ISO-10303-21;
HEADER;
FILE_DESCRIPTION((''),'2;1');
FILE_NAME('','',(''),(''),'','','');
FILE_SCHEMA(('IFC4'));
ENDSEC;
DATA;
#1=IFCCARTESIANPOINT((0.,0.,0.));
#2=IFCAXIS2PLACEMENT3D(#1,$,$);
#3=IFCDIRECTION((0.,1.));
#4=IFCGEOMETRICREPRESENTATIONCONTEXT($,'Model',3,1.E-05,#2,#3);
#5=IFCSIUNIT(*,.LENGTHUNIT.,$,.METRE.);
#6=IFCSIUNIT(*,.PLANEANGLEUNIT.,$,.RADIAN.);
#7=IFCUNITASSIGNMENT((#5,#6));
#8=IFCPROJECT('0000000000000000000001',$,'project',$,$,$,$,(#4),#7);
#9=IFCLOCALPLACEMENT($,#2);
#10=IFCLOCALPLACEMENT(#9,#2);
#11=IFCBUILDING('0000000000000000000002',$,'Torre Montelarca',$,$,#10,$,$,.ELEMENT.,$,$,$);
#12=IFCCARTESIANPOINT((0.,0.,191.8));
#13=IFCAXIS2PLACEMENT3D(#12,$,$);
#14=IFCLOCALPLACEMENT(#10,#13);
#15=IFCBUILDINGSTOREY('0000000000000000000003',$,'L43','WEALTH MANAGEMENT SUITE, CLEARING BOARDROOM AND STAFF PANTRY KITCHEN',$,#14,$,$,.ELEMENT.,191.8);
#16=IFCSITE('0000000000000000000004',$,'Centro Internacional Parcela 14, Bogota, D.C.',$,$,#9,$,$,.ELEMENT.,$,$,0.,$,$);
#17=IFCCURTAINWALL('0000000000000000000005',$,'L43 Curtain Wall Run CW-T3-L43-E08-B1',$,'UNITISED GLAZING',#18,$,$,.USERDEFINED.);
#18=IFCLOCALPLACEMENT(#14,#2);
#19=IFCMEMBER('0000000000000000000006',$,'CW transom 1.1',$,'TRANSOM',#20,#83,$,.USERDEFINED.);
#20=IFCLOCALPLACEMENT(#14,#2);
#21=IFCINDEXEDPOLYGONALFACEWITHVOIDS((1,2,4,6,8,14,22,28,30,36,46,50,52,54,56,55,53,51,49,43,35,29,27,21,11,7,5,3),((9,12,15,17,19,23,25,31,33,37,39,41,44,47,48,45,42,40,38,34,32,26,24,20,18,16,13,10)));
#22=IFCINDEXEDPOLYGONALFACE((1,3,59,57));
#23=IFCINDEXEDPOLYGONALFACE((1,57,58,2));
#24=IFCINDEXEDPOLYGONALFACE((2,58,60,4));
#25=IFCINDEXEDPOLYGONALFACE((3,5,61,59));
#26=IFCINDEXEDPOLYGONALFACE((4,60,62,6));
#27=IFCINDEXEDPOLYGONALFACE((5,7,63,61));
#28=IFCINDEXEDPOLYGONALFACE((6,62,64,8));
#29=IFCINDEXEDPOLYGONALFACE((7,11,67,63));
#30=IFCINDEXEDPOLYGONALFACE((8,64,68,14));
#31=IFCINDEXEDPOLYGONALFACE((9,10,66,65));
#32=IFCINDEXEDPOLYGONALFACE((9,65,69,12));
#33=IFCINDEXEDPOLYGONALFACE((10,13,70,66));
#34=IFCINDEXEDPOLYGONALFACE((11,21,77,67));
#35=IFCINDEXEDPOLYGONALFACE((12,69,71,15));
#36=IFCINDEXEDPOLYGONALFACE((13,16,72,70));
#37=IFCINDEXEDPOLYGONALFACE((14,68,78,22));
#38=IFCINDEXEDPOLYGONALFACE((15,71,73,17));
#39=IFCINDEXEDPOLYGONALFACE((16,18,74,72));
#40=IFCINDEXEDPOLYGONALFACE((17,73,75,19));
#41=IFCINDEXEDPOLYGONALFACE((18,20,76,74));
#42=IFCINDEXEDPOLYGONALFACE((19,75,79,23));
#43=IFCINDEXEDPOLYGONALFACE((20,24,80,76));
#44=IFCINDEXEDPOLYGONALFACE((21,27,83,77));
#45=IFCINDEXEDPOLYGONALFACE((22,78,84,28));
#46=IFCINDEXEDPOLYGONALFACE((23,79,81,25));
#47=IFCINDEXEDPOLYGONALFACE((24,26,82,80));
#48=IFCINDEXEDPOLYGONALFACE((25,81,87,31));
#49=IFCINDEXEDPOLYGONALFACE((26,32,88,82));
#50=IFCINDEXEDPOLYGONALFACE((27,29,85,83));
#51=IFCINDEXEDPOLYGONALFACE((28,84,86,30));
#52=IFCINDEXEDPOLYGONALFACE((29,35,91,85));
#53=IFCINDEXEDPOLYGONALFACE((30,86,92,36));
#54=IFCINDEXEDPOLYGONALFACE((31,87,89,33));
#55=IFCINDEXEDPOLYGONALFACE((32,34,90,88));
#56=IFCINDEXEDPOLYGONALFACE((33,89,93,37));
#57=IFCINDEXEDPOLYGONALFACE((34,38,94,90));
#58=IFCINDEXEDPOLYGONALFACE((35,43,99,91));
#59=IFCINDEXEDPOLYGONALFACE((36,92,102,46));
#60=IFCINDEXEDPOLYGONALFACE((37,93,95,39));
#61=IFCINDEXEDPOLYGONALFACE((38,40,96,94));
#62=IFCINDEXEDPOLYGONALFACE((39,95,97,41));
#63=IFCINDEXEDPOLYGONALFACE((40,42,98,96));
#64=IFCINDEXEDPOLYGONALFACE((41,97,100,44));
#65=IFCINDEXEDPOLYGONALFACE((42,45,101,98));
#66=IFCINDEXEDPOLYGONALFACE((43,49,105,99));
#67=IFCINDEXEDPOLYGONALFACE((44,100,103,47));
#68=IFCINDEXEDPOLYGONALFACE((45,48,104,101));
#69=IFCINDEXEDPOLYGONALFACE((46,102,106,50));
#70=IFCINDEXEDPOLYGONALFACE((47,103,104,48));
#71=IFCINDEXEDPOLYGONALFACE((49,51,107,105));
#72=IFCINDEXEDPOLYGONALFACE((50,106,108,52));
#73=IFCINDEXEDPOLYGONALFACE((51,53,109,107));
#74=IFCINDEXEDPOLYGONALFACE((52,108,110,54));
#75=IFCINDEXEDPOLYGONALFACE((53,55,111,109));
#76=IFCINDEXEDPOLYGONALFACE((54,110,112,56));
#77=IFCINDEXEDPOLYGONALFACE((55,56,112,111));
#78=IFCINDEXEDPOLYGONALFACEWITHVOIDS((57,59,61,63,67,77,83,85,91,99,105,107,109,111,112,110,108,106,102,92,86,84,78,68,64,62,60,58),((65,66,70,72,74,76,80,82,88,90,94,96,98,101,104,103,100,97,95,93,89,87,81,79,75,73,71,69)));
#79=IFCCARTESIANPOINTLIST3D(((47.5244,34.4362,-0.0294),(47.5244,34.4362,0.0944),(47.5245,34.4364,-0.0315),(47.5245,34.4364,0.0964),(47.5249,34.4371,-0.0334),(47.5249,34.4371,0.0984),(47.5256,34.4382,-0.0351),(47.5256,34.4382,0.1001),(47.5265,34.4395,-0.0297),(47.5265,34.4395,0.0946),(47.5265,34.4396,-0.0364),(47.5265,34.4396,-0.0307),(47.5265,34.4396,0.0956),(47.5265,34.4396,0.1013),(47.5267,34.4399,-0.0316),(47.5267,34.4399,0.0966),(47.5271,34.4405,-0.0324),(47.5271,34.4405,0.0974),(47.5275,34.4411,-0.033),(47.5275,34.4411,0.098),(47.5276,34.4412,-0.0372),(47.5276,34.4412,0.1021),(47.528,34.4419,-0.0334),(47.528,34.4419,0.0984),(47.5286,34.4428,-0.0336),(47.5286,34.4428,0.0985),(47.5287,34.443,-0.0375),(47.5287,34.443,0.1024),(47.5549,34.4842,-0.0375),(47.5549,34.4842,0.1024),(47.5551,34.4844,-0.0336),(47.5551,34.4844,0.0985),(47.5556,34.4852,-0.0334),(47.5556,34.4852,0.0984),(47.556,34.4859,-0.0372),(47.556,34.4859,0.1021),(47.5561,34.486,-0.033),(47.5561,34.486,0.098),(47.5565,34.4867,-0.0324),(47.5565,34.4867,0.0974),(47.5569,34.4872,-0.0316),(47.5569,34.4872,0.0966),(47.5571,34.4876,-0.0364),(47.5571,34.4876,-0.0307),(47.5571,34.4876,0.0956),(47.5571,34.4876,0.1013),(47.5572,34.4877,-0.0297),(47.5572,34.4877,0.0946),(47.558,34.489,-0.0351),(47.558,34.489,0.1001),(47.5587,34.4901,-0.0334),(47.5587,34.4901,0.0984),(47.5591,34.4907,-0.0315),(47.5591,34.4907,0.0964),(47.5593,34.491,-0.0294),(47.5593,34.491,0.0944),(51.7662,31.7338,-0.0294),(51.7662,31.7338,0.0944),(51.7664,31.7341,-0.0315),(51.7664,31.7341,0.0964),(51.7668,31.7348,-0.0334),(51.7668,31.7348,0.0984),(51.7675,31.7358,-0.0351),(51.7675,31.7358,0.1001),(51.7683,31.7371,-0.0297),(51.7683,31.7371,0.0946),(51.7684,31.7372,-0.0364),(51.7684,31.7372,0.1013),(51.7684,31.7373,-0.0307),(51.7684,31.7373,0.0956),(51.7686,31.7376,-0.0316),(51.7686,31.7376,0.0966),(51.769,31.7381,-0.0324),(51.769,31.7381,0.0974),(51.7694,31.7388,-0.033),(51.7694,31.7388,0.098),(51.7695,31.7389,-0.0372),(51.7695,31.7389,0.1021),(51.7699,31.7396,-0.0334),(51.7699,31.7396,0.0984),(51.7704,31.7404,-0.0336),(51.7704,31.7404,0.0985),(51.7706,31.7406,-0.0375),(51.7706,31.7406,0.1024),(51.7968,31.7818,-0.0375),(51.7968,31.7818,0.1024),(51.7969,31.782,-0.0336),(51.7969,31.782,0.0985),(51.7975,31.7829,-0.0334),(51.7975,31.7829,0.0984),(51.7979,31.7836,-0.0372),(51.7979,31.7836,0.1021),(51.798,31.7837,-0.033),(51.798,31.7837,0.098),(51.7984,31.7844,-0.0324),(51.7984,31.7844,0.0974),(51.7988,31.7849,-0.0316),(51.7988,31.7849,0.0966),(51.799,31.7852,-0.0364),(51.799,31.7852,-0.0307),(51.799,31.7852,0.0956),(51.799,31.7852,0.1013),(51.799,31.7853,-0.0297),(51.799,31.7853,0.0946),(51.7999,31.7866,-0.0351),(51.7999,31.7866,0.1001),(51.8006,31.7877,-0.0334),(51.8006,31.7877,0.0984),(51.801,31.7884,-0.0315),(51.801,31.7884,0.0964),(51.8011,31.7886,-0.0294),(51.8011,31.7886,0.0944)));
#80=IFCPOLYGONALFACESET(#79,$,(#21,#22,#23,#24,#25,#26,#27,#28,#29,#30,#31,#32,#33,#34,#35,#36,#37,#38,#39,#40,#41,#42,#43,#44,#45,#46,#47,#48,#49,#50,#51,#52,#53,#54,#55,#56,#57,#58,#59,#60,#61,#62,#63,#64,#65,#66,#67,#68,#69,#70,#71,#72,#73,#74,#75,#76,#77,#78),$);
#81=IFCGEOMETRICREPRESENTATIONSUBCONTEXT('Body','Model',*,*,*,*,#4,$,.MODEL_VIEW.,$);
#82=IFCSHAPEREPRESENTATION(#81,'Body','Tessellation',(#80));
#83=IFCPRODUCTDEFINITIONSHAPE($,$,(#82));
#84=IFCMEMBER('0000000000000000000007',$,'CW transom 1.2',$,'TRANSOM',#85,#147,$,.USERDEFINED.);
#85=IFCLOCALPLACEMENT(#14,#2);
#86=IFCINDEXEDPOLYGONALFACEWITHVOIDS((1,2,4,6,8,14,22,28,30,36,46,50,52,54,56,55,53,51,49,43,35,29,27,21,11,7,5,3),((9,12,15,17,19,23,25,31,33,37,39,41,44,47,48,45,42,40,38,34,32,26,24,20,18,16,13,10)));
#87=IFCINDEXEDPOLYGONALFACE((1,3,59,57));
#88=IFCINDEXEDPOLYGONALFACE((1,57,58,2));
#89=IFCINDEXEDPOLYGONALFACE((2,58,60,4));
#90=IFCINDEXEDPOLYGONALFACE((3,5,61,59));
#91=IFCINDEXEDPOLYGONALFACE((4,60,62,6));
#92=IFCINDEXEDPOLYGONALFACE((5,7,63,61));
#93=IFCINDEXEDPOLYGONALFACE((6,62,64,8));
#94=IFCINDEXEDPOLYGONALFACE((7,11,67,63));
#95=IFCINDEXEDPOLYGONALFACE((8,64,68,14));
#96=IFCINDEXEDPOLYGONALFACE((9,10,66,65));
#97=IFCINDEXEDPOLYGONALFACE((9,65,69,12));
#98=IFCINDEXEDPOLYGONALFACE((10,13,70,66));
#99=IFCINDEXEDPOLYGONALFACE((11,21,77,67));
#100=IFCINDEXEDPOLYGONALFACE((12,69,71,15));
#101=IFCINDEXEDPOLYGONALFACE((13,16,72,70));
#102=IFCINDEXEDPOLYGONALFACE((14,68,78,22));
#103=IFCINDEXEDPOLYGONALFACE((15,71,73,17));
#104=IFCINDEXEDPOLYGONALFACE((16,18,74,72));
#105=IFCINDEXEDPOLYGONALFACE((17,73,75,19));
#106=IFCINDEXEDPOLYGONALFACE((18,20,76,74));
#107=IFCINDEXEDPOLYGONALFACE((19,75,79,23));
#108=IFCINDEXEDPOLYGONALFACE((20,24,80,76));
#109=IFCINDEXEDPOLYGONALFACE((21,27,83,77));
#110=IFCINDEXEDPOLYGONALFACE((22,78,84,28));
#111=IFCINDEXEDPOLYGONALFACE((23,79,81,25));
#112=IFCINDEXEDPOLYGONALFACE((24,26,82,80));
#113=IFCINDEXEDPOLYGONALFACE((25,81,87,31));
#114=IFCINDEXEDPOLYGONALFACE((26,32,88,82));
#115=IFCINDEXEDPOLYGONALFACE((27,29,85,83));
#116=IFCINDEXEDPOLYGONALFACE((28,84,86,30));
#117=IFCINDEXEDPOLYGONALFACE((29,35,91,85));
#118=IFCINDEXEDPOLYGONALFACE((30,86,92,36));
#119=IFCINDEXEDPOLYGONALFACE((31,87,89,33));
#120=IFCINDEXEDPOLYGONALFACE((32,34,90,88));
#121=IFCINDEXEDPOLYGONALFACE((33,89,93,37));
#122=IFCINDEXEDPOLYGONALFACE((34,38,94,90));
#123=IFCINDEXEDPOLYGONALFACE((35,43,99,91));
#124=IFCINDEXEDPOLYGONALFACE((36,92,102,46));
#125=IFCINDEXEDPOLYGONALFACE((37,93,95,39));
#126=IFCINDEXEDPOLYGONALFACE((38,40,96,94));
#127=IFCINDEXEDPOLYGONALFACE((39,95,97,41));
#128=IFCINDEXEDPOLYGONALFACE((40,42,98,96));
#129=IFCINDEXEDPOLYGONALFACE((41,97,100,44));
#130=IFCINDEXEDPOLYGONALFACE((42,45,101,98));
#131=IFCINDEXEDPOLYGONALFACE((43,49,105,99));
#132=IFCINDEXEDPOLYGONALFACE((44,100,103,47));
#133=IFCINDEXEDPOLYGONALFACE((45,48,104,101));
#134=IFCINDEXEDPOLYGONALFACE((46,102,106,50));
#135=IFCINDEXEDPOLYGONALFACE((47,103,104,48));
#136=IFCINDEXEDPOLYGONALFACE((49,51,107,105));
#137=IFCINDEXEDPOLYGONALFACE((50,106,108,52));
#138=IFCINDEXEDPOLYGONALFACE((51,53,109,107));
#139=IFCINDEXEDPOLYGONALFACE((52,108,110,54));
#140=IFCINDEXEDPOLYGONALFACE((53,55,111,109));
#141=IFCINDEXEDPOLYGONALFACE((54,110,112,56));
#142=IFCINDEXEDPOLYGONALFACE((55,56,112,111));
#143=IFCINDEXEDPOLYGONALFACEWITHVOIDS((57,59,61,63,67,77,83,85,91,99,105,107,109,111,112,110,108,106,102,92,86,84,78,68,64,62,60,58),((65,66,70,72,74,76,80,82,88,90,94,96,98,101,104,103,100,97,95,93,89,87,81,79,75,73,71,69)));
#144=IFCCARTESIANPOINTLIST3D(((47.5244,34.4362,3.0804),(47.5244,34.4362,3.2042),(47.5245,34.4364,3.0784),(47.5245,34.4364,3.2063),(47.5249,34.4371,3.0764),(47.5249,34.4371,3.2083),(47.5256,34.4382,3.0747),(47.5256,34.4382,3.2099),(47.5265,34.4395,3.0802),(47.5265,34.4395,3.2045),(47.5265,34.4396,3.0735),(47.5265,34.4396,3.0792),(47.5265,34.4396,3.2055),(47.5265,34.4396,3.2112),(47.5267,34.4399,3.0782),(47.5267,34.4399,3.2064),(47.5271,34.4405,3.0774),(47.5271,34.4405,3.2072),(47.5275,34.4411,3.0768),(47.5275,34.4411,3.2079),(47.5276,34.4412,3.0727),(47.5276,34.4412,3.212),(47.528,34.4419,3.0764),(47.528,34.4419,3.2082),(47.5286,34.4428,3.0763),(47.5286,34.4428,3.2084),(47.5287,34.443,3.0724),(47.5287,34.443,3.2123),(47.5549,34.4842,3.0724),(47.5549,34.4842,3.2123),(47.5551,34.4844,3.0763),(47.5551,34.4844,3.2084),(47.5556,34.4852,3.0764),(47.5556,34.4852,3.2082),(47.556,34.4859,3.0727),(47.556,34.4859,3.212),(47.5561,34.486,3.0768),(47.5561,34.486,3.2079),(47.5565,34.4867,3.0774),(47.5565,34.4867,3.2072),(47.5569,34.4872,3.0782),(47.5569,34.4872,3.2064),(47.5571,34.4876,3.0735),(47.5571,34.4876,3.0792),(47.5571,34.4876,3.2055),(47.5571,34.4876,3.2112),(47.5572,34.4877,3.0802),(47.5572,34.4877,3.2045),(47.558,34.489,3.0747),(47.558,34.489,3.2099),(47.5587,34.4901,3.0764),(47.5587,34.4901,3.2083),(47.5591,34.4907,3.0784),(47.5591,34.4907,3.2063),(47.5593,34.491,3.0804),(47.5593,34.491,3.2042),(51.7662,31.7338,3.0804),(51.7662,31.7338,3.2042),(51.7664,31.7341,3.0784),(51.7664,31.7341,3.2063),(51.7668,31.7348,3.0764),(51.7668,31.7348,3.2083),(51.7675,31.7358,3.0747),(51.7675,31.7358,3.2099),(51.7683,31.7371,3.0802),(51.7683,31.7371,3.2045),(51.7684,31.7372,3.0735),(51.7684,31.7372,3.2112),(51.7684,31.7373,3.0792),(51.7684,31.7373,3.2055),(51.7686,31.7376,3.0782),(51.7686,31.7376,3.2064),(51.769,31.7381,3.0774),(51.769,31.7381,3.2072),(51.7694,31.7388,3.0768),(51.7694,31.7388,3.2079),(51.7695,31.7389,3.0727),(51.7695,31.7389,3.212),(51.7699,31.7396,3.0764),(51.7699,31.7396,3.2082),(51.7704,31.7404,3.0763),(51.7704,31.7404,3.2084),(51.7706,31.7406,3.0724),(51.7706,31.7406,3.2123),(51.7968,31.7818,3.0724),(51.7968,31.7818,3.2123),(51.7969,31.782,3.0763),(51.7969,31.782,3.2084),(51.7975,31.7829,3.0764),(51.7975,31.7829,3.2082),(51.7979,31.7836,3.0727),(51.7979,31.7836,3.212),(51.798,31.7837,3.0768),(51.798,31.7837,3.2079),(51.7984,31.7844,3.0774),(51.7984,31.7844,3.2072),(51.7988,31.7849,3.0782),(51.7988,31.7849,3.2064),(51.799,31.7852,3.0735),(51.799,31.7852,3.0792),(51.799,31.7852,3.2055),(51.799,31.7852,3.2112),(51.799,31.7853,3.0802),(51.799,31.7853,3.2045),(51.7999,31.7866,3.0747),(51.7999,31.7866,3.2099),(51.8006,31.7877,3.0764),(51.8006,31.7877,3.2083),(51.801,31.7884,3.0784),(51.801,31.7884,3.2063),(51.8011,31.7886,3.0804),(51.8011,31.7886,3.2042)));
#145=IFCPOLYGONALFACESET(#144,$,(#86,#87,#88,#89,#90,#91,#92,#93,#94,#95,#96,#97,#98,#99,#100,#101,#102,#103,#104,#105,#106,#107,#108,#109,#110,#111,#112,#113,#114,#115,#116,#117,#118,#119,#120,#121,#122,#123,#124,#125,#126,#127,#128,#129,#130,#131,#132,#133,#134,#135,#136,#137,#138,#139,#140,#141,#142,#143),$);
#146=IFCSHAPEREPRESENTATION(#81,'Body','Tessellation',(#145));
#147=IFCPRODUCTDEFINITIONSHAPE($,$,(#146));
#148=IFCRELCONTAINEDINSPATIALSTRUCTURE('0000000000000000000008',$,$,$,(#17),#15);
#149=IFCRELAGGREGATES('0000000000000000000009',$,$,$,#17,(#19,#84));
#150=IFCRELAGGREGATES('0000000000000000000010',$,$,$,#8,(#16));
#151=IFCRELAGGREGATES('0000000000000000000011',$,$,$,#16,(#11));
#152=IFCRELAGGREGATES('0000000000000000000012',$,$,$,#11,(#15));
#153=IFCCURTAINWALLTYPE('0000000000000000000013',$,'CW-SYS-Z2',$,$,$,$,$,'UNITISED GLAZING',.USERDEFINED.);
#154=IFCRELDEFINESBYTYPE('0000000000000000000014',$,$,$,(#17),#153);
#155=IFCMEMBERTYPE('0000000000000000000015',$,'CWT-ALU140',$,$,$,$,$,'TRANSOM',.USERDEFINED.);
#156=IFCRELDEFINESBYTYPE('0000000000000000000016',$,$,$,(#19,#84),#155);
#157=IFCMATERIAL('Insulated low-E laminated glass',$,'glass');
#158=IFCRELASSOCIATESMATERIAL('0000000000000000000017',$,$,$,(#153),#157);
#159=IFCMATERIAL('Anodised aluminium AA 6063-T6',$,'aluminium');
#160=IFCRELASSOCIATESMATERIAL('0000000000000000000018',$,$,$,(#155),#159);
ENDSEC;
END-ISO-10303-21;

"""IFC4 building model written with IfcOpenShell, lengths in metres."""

from ifc_helpers import new_model, si_unit, direction, frame, origin, origin_2d, place, context, subcontext, project, spatial, hollow_rectangle, extrude, source, transform, mapped, material, material_profile, profile_set, type_object, element, aggregate, save


model = new_model("IFC4")

# Units and contexts
model_context = context("Model", 3, precision=1e-05, world=origin(), true_north=direction((0.0, 1.0)))
body_context = subcontext(model_context, "Body", "Model", "MODEL_VIEW")
ifc_project = project(units=[si_unit("LENGTHUNIT", "METRE"), si_unit("PLANEANGLEUNIT", "RADIAN")], contexts=[model_context])

# Site, building, storey
site_placement = place(None, origin())
site = spatial("IfcSite", under=ifc_project, at=site_placement, Name="Centro Internacional Parcela 14, Bogota, D.C.", CompositionType="ELEMENT", RefElevation=0.0)
building_placement = place(site_placement, origin())
building = spatial("IfcBuilding", under=site, at=building_placement, Name="Torre Montelarca", CompositionType="ELEMENT")
storey_placement = place(building_placement, frame((0.0, 0.0, 191.8)))
storey = spatial("IfcBuildingStorey", under=building, at=storey_placement, Name="L43", Description="WEALTH MANAGEMENT SUITE, CLEARING BOARDROOM AND STAFF PANTRY KITCHEN", CompositionType="ELEMENT", Elevation=191.8)

# Curtain wall
ifc_material_1 = material(Name="Insulated low-E laminated glass", Category="glass")
curtain_wall_type = type_object("IfcCurtainWallType", Name="CW-SYS-Z2", ElementType="UNITISED GLAZING", PredefinedType="USERDEFINED", material=ifc_material_1)
ifc_material_2 = material(Name="Anodised aluminium AA 6063-T6", Category="aluminium")
ifc_material_profile_1 = material_profile(ifc_material_2, hollow_rectangle(XDim=0.0649, YDim=0.1399, WallThickness=0.0039, InnerFilletRadius=0.0039, OuterFilletRadius=0.0081, at=origin_2d()), Name="ALU65X140X4", Category="aluminium")
ifc_profile_set_1 = profile_set([ifc_material_profile_1], Name="Anodised aluminium AA 6063-T6")
member_type_1 = type_object("IfcMemberType", Name="CWT-ALU140", ElementType="TRANSOM", PredefinedType="USERDEFINED", material=ifc_profile_set_1)
curtain_wall_1_placement = place(storey_placement, origin())
curtain_wall_1 = element("IfcCurtainWall", 1, at=curtain_wall_1_placement, inside=storey, type_object=curtain_wall_type, Name="L43 Curtain Wall Run CW-T3-L43-E08-B1", ObjectType="UNITISED GLAZING", PredefinedType="USERDEFINED")

# Members
shared_shape_1 = source(origin(), body_context, "Body", "SweptSolid", [
    extrude(hollow_rectangle(XDim=0.0649, YDim=0.1399, WallThickness=0.0039, InnerFilletRadius=0.0039, OuterFilletRadius=0.0081, at=origin_2d()), origin(), (0.0, 0.0, 1.0), 5.0295),
])
member_1_placement = place(storey_placement, frame((51.7837, 31.7612, 0.0325), z_axis=(-0.843394, 0.537296, 0.0), x_axis=(-0.537296, -0.843394, 0.0)))
member_1 = element("IfcMember", 2, at=member_1_placement, type_object=member_type_1, Name="CW transom 1.1", ObjectType="TRANSOM", PredefinedType="USERDEFINED", context=body_context, shape_type="MappedRepresentation", body=[
    mapped(shared_shape_1, transform((0.0, 0.0, 0.0), scale=1.0)),
])
member_2_placement = place(storey_placement, frame((51.7837, 31.7612, 3.1423), z_axis=(-0.843394, 0.537296, 0.0), x_axis=(-0.537296, -0.843394, 0.0)))
member_2 = element("IfcMember", 3, at=member_2_placement, type_object=member_type_1, Name="CW transom 1.2", ObjectType="TRANSOM", PredefinedType="USERDEFINED", context=body_context, shape_type="MappedRepresentation", body=[
    mapped(shared_shape_1, transform((0.0, 0.0, 0.0), scale=1.0)),
])

aggregate(curtain_wall_1, [member_1, member_2])

save(model, "model.ifc")
